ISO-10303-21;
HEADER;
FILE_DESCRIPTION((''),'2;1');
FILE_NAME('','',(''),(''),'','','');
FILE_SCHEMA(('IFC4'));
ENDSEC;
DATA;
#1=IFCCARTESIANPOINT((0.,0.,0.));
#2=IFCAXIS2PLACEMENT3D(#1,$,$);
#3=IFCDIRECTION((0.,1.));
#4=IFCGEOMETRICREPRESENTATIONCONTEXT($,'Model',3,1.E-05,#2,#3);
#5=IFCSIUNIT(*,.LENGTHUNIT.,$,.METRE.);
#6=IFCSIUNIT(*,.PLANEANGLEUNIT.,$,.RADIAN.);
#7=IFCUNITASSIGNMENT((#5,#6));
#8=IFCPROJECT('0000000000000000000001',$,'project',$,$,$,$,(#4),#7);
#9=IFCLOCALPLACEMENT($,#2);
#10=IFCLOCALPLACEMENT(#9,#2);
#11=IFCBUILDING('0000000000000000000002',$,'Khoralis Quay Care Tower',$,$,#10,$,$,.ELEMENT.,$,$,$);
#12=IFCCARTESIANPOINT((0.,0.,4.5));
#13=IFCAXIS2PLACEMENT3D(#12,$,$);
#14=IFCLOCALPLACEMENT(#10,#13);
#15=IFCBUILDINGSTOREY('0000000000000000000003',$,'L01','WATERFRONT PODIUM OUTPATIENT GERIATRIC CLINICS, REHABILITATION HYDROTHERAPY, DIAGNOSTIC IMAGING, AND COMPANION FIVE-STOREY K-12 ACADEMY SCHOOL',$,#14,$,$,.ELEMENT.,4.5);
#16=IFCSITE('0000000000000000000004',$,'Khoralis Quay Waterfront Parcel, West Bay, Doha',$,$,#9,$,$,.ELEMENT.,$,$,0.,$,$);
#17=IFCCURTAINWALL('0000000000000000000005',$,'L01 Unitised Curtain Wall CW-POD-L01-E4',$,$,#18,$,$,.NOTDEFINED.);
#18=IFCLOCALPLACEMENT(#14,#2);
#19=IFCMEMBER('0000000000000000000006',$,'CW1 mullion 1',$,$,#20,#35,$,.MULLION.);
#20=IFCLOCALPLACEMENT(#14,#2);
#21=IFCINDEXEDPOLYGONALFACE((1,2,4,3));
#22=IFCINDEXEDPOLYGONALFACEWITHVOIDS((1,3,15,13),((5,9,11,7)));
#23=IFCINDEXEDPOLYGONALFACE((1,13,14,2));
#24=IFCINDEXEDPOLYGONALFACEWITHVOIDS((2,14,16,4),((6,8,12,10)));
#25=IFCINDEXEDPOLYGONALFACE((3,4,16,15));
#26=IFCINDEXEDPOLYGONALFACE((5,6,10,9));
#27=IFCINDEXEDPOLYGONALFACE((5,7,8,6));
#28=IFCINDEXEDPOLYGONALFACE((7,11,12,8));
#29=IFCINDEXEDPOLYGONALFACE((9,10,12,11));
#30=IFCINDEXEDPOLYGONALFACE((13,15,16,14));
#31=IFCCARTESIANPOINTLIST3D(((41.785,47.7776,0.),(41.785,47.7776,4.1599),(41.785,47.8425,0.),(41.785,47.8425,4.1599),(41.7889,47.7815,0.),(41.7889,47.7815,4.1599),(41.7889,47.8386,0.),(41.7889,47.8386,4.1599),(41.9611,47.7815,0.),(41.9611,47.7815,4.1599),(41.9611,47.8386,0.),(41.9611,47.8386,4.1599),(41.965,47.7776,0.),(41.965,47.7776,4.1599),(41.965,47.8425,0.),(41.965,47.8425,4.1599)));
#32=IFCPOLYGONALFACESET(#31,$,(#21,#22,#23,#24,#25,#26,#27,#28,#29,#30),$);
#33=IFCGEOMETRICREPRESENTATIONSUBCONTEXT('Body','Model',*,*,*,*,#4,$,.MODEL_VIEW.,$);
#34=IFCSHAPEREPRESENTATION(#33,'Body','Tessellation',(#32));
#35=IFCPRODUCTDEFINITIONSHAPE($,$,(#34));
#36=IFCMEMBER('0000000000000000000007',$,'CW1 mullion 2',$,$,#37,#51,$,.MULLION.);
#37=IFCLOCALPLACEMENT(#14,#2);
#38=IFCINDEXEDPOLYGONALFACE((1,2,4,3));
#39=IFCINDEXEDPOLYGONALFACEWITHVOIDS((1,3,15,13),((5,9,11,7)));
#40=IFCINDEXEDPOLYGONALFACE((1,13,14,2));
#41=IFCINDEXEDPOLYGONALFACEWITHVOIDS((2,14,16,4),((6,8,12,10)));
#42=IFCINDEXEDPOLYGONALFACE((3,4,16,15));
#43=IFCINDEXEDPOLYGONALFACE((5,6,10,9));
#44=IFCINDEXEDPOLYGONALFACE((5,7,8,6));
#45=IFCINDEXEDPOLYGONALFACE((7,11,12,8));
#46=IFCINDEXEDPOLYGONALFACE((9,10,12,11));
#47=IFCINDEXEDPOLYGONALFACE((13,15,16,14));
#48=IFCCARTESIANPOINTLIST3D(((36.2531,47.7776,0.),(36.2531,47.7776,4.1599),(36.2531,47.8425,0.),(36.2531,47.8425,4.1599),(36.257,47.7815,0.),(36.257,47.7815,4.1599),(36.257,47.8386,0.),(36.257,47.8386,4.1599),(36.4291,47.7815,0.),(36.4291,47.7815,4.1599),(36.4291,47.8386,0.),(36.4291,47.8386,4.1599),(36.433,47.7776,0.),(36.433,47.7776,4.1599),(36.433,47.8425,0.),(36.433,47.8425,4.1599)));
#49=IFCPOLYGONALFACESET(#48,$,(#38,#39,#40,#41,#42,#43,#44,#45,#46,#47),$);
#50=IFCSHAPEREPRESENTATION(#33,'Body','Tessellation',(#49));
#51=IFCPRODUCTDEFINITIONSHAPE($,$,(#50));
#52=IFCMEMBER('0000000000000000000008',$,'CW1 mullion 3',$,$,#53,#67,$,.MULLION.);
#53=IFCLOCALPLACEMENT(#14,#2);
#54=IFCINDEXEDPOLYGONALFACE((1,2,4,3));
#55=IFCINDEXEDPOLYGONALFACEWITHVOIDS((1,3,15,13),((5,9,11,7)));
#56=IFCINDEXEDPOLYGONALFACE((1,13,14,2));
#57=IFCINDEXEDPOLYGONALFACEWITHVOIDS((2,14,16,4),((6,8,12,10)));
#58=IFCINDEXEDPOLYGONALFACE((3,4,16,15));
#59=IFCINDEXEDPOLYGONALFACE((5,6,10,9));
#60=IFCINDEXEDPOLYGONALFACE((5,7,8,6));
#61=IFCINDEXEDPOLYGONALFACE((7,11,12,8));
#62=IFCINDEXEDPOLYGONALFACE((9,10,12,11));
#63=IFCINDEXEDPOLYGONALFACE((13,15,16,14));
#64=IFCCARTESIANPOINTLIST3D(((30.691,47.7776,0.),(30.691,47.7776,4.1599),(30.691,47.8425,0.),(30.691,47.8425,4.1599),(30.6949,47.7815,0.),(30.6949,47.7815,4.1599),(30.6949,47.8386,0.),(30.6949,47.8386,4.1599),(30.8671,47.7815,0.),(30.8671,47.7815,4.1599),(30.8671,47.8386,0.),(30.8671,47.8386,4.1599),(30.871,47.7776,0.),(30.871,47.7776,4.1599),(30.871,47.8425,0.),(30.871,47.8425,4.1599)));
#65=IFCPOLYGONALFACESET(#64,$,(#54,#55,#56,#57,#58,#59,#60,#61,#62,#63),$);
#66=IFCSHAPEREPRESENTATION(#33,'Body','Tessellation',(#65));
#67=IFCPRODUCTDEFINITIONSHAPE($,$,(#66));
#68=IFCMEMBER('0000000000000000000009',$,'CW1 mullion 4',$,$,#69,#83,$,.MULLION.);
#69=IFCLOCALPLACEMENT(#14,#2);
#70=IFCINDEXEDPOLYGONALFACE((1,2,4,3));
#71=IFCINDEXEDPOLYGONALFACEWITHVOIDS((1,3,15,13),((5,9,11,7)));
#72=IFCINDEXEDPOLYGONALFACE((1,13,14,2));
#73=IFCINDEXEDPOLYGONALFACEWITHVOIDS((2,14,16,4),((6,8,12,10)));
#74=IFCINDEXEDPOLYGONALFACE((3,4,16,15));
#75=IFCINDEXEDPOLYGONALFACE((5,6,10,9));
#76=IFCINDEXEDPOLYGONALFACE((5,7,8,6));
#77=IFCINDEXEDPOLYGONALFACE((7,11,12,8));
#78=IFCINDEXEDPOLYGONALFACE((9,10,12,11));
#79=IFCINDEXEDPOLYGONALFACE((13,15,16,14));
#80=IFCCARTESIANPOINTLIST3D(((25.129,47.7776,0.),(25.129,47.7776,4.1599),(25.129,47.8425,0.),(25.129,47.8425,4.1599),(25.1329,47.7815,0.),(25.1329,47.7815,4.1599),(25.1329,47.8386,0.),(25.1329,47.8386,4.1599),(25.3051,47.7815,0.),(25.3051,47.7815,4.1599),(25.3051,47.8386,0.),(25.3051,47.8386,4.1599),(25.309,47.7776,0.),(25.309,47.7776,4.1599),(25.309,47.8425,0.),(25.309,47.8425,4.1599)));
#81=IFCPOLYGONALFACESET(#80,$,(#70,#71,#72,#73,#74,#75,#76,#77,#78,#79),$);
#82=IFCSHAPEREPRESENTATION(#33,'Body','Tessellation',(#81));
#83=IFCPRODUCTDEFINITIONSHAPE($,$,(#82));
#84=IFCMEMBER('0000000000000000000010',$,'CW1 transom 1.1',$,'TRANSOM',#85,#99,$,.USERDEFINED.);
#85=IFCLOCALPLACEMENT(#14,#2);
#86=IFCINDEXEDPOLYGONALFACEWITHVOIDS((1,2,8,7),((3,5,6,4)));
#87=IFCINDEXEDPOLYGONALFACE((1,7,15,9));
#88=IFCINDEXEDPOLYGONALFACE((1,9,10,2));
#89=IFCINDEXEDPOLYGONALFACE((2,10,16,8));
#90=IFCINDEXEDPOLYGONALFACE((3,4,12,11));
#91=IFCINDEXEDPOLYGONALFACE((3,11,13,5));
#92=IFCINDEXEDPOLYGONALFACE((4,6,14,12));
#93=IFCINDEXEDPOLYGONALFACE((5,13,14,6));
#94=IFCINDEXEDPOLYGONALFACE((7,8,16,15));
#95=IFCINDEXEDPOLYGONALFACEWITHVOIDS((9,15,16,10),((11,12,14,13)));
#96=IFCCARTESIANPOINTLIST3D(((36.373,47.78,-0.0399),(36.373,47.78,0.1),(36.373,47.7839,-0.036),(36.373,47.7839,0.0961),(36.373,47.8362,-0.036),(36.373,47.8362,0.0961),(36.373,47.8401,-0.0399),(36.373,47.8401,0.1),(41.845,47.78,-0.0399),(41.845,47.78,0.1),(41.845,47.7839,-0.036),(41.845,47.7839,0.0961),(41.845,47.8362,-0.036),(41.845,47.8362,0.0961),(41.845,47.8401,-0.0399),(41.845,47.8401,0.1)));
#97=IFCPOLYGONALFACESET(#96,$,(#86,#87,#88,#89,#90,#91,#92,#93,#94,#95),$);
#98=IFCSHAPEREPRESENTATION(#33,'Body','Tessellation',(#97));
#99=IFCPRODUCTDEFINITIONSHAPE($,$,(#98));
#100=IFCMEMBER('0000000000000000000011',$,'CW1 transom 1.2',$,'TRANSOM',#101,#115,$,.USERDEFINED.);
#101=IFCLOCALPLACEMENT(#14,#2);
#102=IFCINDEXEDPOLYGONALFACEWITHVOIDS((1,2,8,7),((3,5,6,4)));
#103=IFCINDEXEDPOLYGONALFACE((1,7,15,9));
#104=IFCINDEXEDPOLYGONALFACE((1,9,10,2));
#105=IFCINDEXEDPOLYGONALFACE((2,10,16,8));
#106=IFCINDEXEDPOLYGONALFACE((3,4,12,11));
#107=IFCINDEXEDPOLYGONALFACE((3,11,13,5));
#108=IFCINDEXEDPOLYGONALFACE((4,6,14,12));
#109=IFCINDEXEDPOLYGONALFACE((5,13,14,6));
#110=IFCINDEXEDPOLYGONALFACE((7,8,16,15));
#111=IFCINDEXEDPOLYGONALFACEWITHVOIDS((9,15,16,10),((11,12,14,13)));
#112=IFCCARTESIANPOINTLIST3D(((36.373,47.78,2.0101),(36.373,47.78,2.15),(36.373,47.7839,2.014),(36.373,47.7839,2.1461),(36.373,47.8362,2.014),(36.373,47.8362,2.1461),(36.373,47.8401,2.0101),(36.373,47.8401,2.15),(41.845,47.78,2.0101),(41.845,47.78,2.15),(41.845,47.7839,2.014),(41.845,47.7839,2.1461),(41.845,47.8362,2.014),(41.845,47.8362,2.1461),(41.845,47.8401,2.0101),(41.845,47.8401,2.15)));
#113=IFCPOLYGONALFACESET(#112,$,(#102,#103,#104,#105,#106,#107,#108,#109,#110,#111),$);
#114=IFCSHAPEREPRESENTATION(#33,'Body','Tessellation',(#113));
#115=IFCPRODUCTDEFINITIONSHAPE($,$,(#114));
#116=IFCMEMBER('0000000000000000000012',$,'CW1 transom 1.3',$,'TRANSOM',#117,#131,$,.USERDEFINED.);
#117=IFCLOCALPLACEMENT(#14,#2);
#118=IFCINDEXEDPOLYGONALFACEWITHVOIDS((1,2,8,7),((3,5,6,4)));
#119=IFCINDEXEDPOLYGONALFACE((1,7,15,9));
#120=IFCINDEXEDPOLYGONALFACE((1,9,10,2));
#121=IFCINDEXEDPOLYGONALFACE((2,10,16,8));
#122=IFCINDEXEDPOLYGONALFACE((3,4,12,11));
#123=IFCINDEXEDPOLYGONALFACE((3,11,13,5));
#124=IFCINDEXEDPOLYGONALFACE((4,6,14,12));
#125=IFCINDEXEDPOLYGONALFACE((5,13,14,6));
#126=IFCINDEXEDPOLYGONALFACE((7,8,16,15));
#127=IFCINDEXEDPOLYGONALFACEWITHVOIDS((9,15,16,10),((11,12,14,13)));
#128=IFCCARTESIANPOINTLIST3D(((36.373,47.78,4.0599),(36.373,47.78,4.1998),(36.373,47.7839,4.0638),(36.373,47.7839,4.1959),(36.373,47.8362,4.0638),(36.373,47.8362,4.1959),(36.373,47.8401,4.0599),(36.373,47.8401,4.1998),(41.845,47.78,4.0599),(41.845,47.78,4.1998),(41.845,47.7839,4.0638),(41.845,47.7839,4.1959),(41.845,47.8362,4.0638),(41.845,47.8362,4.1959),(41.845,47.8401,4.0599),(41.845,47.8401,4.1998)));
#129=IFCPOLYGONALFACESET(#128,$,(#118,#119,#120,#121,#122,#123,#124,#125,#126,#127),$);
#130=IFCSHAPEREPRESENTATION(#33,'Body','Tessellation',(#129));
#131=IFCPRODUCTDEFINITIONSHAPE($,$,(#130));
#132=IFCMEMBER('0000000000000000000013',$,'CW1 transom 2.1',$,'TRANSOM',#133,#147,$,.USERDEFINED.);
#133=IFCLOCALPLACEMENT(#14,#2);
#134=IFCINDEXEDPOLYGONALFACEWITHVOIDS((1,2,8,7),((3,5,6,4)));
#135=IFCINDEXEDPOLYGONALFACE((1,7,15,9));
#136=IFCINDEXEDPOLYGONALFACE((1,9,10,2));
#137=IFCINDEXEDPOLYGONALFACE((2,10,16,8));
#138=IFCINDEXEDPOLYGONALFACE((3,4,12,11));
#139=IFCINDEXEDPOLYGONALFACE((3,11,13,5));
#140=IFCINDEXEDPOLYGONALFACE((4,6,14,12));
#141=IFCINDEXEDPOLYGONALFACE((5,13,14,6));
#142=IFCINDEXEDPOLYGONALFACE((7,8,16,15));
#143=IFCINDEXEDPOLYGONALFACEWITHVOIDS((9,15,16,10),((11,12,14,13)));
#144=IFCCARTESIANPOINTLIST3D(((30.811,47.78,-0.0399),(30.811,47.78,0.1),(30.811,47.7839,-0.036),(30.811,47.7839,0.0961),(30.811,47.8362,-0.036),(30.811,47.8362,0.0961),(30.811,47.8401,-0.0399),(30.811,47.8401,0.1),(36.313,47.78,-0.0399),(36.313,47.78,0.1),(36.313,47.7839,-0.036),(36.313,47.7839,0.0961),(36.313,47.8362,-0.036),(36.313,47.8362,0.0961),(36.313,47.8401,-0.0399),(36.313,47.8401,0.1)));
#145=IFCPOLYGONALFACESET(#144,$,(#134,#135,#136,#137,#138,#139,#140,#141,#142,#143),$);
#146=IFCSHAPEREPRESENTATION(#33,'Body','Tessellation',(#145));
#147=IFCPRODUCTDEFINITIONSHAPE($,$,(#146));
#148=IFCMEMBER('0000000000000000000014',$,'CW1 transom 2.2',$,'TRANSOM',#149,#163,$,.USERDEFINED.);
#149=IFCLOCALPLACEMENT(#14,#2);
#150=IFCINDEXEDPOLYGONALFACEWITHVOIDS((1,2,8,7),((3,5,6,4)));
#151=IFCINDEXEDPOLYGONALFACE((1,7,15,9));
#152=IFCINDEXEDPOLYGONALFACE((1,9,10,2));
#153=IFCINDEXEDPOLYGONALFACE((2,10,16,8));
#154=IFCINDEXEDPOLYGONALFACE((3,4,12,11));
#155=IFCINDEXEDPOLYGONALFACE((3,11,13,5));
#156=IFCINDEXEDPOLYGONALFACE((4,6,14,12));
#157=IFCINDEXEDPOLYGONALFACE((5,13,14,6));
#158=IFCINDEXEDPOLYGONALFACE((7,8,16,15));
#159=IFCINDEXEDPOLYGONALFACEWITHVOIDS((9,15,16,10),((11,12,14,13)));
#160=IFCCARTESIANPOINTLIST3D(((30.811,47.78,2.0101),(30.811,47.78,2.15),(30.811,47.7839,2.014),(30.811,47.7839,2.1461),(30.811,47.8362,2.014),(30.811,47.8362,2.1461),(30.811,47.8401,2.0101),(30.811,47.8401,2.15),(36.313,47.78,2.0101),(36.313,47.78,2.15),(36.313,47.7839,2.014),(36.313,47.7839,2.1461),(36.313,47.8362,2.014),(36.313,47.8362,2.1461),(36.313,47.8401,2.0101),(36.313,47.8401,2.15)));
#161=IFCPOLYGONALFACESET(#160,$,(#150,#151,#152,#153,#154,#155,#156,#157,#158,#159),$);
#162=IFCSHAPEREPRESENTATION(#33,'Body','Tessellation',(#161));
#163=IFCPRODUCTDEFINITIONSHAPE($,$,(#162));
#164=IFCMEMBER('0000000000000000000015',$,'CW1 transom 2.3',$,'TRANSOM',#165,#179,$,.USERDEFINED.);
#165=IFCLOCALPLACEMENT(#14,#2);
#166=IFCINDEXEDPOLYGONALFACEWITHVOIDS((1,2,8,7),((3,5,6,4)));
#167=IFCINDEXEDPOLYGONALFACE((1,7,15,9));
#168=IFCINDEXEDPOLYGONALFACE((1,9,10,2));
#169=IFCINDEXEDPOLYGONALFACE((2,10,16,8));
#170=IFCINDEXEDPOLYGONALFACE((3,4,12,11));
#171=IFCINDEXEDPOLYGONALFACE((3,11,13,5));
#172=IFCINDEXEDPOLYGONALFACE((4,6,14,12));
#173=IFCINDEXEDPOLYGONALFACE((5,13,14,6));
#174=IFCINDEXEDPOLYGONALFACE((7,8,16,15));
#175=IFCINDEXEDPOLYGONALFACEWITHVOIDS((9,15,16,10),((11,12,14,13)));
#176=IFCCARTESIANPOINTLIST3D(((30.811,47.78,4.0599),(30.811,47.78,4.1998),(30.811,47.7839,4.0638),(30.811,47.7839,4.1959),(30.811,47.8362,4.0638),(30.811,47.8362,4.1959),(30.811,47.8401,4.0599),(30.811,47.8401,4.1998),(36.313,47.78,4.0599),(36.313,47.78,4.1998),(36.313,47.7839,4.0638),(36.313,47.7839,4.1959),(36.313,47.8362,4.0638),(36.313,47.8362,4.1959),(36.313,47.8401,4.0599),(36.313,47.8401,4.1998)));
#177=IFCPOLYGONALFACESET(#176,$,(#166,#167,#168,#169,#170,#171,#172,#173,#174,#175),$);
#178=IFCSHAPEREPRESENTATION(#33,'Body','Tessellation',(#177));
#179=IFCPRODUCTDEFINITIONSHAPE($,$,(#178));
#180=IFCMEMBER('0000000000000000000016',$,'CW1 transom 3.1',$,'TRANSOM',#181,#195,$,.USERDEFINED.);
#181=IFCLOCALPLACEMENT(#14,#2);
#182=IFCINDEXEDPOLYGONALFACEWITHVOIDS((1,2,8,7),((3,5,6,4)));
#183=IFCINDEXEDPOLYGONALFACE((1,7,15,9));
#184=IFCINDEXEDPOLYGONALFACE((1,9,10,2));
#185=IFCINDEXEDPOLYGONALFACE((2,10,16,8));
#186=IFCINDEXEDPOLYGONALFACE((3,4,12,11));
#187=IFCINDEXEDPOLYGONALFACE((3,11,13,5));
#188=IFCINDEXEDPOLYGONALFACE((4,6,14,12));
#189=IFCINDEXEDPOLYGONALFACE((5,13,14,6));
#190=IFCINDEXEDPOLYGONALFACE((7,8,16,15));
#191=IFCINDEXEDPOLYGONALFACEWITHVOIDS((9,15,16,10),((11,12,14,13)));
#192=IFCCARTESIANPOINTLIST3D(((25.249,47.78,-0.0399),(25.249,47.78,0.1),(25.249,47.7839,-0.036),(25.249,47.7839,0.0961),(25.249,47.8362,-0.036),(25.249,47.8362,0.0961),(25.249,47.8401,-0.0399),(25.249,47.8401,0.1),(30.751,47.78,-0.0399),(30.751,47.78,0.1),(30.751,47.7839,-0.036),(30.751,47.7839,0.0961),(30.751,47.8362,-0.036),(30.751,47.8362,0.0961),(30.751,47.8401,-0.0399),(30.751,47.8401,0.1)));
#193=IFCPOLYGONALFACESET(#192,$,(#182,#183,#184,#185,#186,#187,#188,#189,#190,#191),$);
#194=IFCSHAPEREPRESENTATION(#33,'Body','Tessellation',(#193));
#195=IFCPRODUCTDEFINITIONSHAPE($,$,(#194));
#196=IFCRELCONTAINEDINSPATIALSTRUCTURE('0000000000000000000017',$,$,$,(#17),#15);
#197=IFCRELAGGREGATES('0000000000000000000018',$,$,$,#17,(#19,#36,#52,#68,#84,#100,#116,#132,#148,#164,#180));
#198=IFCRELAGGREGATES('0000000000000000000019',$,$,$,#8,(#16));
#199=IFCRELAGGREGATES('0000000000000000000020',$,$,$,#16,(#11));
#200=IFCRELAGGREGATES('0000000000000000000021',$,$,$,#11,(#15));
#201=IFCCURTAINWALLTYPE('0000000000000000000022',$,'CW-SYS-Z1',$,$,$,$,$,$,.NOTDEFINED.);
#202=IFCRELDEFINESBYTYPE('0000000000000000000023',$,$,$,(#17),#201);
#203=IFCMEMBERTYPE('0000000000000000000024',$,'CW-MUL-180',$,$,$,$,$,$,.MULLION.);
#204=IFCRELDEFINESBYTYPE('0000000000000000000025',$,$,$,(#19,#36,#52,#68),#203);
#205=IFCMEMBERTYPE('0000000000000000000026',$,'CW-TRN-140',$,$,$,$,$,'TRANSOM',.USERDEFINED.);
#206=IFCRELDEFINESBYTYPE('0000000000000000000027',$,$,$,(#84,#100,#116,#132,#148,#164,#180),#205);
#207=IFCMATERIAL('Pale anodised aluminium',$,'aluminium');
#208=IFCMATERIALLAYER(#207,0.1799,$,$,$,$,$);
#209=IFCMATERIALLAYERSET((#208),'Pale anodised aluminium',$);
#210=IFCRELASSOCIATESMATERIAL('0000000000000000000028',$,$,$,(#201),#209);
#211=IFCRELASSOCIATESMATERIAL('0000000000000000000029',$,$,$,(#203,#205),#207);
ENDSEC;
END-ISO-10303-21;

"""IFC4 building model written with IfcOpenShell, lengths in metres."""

from ifc_helpers import new_model, si_unit, direction, frame, origin, origin_2d, place, context, subcontext, project, spatial, hollow_rectangle, extrude, source, transform, mapped, material, layer, layer_set, material_profile, profile_set, type_object, element, aggregate, save


model = new_model("IFC4")

# Units and contexts
model_context = context("Model", 3, precision=1e-05, world=origin(), true_north=direction((0.0, 1.0)))
body_context = subcontext(model_context, "Body", "Model", "MODEL_VIEW")
ifc_project = project(units=[si_unit("LENGTHUNIT", "METRE"), si_unit("PLANEANGLEUNIT", "RADIAN")], contexts=[model_context])

# Site, building, storey
site_placement = place(None, origin())
site = spatial("IfcSite", under=ifc_project, at=site_placement, Name="Khoralis Quay Waterfront Parcel, West Bay, Doha", CompositionType="ELEMENT", RefElevation=0.0)
building_placement = place(site_placement, origin())
building = spatial("IfcBuilding", under=site, at=building_placement, Name="Khoralis Quay Care Tower", CompositionType="ELEMENT")
storey_placement = place(building_placement, frame((0.0, 0.0, 4.5)))
storey = spatial("IfcBuildingStorey", under=building, at=storey_placement, Name="L01", Description="WATERFRONT PODIUM OUTPATIENT GERIATRIC CLINICS, REHABILITATION HYDROTHERAPY, DIAGNOSTIC IMAGING, AND COMPANION FIVE-STOREY K-12 ACADEMY SCHOOL", CompositionType="ELEMENT", Elevation=4.5)

# Curtain wall, members
ifc_material_1 = material(Name="Pale anodised aluminium", Category="aluminium")
ifc_layer_1 = layer(ifc_material_1, 0.1799)
ifc_layer_set_1 = layer_set([ifc_layer_1], Name="Pale anodised aluminium")
curtain_wall_type = type_object("IfcCurtainWallType", Name="CW-SYS-Z1", PredefinedType="NOTDEFINED", material=ifc_layer_set_1)
curtain_wall_placement = place(storey_placement, origin())
curtain_wall = element("IfcCurtainWall", 1, at=curtain_wall_placement, inside=storey, type_object=curtain_wall_type, Name="L01 Unitised Curtain Wall CW-POD-L01-E4", PredefinedType="NOTDEFINED")
ifc_material_profile_1 = material_profile(ifc_material_1, hollow_rectangle(XDim=0.0649, YDim=0.1799, WallThickness=0.0039, at=origin_2d()), Name="Pale anodised aluminium")
ifc_profile_set_1 = profile_set([ifc_material_profile_1], Name="Pale anodised aluminium")
member_type_1 = type_object("IfcMemberType", Name="CW-MUL-180", PredefinedType="MULLION", material=ifc_profile_set_1)
shared_shape_1 = source(origin(), body_context, "Body", "SweptSolid", [
    extrude(hollow_rectangle(XDim=0.0649, YDim=0.1799, WallThickness=0.0039, at=origin_2d()), origin(), (0.0, 0.0, 1.0), 4.1599),
])
member_1_placement = place(storey_placement, frame((41.875, 47.8101, 0.0), z_axis=(0.0, 0.0, 1.0), x_axis=(0.0, -1.0, 0.0)))
member_1 = element("IfcMember", 2, at=member_1_placement, type_object=member_type_1, Name="CW1 mullion 1", PredefinedType="MULLION", context=body_context, shape_type="MappedRepresentation", body=[
    mapped(shared_shape_1, transform((0.0, 0.0, 0.0), scale=1.0)),
])
member_2_placement = place(storey_placement, frame((36.343, 47.8101, 0.0), z_axis=(0.0, 0.0, 1.0), x_axis=(0.0, -1.0, 0.0)))
member_2 = element("IfcMember", 3, at=member_2_placement, type_object=member_type_1, Name="CW1 mullion 2", PredefinedType="MULLION", context=body_context, shape_type="MappedRepresentation", body=[
    mapped(shared_shape_1, transform((0.0, 0.0, 0.0), scale=1.0)),
])
member_3_placement = place(storey_placement, frame((30.781, 47.8101, 0.0), z_axis=(0.0, 0.0, 1.0), x_axis=(0.0, -1.0, 0.0)))
member_3 = element("IfcMember", 4, at=member_3_placement, type_object=member_type_1, Name="CW1 mullion 3", PredefinedType="MULLION", context=body_context, shape_type="MappedRepresentation", body=[
    mapped(shared_shape_1, transform((0.0, 0.0, 0.0), scale=1.0)),
])
member_4_placement = place(storey_placement, frame((25.219, 47.8101, 0.0), z_axis=(0.0, 0.0, 1.0), x_axis=(0.0, -1.0, 0.0)))
member_4 = element("IfcMember", 5, at=member_4_placement, type_object=member_type_1, Name="CW1 mullion 4", PredefinedType="MULLION", context=body_context, shape_type="MappedRepresentation", body=[
    mapped(shared_shape_1, transform((0.0, 0.0, 0.0), scale=1.0)),
])
ifc_material_profile_2 = material_profile(ifc_material_1, hollow_rectangle(XDim=0.0601, YDim=0.1399, WallThickness=0.0039, at=origin_2d()), Name="Pale anodised aluminium")
ifc_profile_set_2 = profile_set([ifc_material_profile_2], Name="Pale anodised aluminium")
member_type_2 = type_object("IfcMemberType", Name="CW-TRN-140", ElementType="TRANSOM", PredefinedType="USERDEFINED", material=ifc_profile_set_2)
shared_shape_2 = source(origin(), body_context, "Body", "SweptSolid", [
    extrude(hollow_rectangle(XDim=0.0601, YDim=0.1399, WallThickness=0.0039, at=origin_2d()), origin(), (0.0, 0.0, 1.0), 5.4719),
])
member_5_placement = place(storey_placement, frame((41.845, 47.8101, 0.03), z_axis=(-1.0, 0.0, 0.0), x_axis=(0.0, -1.0, 0.0)))
member_5 = element("IfcMember", 6, at=member_5_placement, type_object=member_type_2, Name="CW1 transom 1.1", ObjectType="TRANSOM", PredefinedType="USERDEFINED", context=body_context, shape_type="MappedRepresentation", body=[
    mapped(shared_shape_2, transform((0.0, 0.0, 0.0), scale=1.0)),
])
member_6_placement = place(storey_placement, frame((41.845, 47.8101, 2.0801), z_axis=(-1.0, 0.0, 0.0), x_axis=(0.0, -1.0, 0.0)))
member_6 = element("IfcMember", 7, at=member_6_placement, type_object=member_type_2, Name="CW1 transom 1.2", ObjectType="TRANSOM", PredefinedType="USERDEFINED", context=body_context, shape_type="MappedRepresentation", body=[
    mapped(shared_shape_2, transform((0.0, 0.0, 0.0), scale=1.0)),
])
member_7_placement = place(storey_placement, frame((41.845, 47.8101, 4.1299), z_axis=(-1.0, 0.0, 0.0), x_axis=(0.0, -1.0, 0.0)))
member_7 = element("IfcMember", 8, at=member_7_placement, type_object=member_type_2, Name="CW1 transom 1.3", ObjectType="TRANSOM", PredefinedType="USERDEFINED", context=body_context, shape_type="MappedRepresentation", body=[
    mapped(shared_shape_2, transform((0.0, 0.0, 0.0), scale=1.0)),
])
shared_shape_3 = source(origin(), body_context, "Body", "SweptSolid", [
    extrude(hollow_rectangle(XDim=0.0601, YDim=0.1399, WallThickness=0.0039, at=origin_2d()), origin(), (0.0, 0.0, 1.0), 5.502),
])
member_8_placement = place(storey_placement, frame((36.313, 47.8101, 0.03), z_axis=(-1.0, 0.0, 0.0), x_axis=(0.0, -1.0, 0.0)))
member_8 = element("IfcMember", 9, at=member_8_placement, type_object=member_type_2, Name="CW1 transom 2.1", ObjectType="TRANSOM", PredefinedType="USERDEFINED", context=body_context, shape_type="MappedRepresentation", body=[
    mapped(shared_shape_3, transform((0.0, 0.0, 0.0), scale=1.0)),
])
member_9_placement = place(storey_placement, frame((36.313, 47.8101, 2.0801), z_axis=(-1.0, 0.0, 0.0), x_axis=(0.0, -1.0, 0.0)))
member_9 = element("IfcMember", 10, at=member_9_placement, type_object=member_type_2, Name="CW1 transom 2.2", ObjectType="TRANSOM", PredefinedType="USERDEFINED", context=body_context, shape_type="MappedRepresentation", body=[
    mapped(shared_shape_3, transform((0.0, 0.0, 0.0), scale=1.0)),
])
member_10_placement = place(storey_placement, frame((36.313, 47.8101, 4.1299), z_axis=(-1.0, 0.0, 0.0), x_axis=(0.0, -1.0, 0.0)))
member_10 = element("IfcMember", 11, at=member_10_placement, type_object=member_type_2, Name="CW1 transom 2.3", ObjectType="TRANSOM", PredefinedType="USERDEFINED", context=body_context, shape_type="MappedRepresentation", body=[
    mapped(shared_shape_3, transform((0.0, 0.0, 0.0), scale=1.0)),
])
member_11_placement = place(storey_placement, frame((30.751, 47.8101, 0.03), z_axis=(-1.0, 0.0, 0.0), x_axis=(0.0, -1.0, 0.0)))
member_11 = element("IfcMember", 12, at=member_11_placement, type_object=member_type_2, Name="CW1 transom 3.1", ObjectType="TRANSOM", PredefinedType="USERDEFINED", context=body_context, shape_type="MappedRepresentation", body=[
    mapped(shared_shape_3, transform((0.0, 0.0, 0.0), scale=1.0)),
])
aggregate(curtain_wall, [member_1, member_2, member_3, member_4, member_5, member_6, member_7, member_8, member_9, member_10, member_11])

save(model, "model.ifc")
